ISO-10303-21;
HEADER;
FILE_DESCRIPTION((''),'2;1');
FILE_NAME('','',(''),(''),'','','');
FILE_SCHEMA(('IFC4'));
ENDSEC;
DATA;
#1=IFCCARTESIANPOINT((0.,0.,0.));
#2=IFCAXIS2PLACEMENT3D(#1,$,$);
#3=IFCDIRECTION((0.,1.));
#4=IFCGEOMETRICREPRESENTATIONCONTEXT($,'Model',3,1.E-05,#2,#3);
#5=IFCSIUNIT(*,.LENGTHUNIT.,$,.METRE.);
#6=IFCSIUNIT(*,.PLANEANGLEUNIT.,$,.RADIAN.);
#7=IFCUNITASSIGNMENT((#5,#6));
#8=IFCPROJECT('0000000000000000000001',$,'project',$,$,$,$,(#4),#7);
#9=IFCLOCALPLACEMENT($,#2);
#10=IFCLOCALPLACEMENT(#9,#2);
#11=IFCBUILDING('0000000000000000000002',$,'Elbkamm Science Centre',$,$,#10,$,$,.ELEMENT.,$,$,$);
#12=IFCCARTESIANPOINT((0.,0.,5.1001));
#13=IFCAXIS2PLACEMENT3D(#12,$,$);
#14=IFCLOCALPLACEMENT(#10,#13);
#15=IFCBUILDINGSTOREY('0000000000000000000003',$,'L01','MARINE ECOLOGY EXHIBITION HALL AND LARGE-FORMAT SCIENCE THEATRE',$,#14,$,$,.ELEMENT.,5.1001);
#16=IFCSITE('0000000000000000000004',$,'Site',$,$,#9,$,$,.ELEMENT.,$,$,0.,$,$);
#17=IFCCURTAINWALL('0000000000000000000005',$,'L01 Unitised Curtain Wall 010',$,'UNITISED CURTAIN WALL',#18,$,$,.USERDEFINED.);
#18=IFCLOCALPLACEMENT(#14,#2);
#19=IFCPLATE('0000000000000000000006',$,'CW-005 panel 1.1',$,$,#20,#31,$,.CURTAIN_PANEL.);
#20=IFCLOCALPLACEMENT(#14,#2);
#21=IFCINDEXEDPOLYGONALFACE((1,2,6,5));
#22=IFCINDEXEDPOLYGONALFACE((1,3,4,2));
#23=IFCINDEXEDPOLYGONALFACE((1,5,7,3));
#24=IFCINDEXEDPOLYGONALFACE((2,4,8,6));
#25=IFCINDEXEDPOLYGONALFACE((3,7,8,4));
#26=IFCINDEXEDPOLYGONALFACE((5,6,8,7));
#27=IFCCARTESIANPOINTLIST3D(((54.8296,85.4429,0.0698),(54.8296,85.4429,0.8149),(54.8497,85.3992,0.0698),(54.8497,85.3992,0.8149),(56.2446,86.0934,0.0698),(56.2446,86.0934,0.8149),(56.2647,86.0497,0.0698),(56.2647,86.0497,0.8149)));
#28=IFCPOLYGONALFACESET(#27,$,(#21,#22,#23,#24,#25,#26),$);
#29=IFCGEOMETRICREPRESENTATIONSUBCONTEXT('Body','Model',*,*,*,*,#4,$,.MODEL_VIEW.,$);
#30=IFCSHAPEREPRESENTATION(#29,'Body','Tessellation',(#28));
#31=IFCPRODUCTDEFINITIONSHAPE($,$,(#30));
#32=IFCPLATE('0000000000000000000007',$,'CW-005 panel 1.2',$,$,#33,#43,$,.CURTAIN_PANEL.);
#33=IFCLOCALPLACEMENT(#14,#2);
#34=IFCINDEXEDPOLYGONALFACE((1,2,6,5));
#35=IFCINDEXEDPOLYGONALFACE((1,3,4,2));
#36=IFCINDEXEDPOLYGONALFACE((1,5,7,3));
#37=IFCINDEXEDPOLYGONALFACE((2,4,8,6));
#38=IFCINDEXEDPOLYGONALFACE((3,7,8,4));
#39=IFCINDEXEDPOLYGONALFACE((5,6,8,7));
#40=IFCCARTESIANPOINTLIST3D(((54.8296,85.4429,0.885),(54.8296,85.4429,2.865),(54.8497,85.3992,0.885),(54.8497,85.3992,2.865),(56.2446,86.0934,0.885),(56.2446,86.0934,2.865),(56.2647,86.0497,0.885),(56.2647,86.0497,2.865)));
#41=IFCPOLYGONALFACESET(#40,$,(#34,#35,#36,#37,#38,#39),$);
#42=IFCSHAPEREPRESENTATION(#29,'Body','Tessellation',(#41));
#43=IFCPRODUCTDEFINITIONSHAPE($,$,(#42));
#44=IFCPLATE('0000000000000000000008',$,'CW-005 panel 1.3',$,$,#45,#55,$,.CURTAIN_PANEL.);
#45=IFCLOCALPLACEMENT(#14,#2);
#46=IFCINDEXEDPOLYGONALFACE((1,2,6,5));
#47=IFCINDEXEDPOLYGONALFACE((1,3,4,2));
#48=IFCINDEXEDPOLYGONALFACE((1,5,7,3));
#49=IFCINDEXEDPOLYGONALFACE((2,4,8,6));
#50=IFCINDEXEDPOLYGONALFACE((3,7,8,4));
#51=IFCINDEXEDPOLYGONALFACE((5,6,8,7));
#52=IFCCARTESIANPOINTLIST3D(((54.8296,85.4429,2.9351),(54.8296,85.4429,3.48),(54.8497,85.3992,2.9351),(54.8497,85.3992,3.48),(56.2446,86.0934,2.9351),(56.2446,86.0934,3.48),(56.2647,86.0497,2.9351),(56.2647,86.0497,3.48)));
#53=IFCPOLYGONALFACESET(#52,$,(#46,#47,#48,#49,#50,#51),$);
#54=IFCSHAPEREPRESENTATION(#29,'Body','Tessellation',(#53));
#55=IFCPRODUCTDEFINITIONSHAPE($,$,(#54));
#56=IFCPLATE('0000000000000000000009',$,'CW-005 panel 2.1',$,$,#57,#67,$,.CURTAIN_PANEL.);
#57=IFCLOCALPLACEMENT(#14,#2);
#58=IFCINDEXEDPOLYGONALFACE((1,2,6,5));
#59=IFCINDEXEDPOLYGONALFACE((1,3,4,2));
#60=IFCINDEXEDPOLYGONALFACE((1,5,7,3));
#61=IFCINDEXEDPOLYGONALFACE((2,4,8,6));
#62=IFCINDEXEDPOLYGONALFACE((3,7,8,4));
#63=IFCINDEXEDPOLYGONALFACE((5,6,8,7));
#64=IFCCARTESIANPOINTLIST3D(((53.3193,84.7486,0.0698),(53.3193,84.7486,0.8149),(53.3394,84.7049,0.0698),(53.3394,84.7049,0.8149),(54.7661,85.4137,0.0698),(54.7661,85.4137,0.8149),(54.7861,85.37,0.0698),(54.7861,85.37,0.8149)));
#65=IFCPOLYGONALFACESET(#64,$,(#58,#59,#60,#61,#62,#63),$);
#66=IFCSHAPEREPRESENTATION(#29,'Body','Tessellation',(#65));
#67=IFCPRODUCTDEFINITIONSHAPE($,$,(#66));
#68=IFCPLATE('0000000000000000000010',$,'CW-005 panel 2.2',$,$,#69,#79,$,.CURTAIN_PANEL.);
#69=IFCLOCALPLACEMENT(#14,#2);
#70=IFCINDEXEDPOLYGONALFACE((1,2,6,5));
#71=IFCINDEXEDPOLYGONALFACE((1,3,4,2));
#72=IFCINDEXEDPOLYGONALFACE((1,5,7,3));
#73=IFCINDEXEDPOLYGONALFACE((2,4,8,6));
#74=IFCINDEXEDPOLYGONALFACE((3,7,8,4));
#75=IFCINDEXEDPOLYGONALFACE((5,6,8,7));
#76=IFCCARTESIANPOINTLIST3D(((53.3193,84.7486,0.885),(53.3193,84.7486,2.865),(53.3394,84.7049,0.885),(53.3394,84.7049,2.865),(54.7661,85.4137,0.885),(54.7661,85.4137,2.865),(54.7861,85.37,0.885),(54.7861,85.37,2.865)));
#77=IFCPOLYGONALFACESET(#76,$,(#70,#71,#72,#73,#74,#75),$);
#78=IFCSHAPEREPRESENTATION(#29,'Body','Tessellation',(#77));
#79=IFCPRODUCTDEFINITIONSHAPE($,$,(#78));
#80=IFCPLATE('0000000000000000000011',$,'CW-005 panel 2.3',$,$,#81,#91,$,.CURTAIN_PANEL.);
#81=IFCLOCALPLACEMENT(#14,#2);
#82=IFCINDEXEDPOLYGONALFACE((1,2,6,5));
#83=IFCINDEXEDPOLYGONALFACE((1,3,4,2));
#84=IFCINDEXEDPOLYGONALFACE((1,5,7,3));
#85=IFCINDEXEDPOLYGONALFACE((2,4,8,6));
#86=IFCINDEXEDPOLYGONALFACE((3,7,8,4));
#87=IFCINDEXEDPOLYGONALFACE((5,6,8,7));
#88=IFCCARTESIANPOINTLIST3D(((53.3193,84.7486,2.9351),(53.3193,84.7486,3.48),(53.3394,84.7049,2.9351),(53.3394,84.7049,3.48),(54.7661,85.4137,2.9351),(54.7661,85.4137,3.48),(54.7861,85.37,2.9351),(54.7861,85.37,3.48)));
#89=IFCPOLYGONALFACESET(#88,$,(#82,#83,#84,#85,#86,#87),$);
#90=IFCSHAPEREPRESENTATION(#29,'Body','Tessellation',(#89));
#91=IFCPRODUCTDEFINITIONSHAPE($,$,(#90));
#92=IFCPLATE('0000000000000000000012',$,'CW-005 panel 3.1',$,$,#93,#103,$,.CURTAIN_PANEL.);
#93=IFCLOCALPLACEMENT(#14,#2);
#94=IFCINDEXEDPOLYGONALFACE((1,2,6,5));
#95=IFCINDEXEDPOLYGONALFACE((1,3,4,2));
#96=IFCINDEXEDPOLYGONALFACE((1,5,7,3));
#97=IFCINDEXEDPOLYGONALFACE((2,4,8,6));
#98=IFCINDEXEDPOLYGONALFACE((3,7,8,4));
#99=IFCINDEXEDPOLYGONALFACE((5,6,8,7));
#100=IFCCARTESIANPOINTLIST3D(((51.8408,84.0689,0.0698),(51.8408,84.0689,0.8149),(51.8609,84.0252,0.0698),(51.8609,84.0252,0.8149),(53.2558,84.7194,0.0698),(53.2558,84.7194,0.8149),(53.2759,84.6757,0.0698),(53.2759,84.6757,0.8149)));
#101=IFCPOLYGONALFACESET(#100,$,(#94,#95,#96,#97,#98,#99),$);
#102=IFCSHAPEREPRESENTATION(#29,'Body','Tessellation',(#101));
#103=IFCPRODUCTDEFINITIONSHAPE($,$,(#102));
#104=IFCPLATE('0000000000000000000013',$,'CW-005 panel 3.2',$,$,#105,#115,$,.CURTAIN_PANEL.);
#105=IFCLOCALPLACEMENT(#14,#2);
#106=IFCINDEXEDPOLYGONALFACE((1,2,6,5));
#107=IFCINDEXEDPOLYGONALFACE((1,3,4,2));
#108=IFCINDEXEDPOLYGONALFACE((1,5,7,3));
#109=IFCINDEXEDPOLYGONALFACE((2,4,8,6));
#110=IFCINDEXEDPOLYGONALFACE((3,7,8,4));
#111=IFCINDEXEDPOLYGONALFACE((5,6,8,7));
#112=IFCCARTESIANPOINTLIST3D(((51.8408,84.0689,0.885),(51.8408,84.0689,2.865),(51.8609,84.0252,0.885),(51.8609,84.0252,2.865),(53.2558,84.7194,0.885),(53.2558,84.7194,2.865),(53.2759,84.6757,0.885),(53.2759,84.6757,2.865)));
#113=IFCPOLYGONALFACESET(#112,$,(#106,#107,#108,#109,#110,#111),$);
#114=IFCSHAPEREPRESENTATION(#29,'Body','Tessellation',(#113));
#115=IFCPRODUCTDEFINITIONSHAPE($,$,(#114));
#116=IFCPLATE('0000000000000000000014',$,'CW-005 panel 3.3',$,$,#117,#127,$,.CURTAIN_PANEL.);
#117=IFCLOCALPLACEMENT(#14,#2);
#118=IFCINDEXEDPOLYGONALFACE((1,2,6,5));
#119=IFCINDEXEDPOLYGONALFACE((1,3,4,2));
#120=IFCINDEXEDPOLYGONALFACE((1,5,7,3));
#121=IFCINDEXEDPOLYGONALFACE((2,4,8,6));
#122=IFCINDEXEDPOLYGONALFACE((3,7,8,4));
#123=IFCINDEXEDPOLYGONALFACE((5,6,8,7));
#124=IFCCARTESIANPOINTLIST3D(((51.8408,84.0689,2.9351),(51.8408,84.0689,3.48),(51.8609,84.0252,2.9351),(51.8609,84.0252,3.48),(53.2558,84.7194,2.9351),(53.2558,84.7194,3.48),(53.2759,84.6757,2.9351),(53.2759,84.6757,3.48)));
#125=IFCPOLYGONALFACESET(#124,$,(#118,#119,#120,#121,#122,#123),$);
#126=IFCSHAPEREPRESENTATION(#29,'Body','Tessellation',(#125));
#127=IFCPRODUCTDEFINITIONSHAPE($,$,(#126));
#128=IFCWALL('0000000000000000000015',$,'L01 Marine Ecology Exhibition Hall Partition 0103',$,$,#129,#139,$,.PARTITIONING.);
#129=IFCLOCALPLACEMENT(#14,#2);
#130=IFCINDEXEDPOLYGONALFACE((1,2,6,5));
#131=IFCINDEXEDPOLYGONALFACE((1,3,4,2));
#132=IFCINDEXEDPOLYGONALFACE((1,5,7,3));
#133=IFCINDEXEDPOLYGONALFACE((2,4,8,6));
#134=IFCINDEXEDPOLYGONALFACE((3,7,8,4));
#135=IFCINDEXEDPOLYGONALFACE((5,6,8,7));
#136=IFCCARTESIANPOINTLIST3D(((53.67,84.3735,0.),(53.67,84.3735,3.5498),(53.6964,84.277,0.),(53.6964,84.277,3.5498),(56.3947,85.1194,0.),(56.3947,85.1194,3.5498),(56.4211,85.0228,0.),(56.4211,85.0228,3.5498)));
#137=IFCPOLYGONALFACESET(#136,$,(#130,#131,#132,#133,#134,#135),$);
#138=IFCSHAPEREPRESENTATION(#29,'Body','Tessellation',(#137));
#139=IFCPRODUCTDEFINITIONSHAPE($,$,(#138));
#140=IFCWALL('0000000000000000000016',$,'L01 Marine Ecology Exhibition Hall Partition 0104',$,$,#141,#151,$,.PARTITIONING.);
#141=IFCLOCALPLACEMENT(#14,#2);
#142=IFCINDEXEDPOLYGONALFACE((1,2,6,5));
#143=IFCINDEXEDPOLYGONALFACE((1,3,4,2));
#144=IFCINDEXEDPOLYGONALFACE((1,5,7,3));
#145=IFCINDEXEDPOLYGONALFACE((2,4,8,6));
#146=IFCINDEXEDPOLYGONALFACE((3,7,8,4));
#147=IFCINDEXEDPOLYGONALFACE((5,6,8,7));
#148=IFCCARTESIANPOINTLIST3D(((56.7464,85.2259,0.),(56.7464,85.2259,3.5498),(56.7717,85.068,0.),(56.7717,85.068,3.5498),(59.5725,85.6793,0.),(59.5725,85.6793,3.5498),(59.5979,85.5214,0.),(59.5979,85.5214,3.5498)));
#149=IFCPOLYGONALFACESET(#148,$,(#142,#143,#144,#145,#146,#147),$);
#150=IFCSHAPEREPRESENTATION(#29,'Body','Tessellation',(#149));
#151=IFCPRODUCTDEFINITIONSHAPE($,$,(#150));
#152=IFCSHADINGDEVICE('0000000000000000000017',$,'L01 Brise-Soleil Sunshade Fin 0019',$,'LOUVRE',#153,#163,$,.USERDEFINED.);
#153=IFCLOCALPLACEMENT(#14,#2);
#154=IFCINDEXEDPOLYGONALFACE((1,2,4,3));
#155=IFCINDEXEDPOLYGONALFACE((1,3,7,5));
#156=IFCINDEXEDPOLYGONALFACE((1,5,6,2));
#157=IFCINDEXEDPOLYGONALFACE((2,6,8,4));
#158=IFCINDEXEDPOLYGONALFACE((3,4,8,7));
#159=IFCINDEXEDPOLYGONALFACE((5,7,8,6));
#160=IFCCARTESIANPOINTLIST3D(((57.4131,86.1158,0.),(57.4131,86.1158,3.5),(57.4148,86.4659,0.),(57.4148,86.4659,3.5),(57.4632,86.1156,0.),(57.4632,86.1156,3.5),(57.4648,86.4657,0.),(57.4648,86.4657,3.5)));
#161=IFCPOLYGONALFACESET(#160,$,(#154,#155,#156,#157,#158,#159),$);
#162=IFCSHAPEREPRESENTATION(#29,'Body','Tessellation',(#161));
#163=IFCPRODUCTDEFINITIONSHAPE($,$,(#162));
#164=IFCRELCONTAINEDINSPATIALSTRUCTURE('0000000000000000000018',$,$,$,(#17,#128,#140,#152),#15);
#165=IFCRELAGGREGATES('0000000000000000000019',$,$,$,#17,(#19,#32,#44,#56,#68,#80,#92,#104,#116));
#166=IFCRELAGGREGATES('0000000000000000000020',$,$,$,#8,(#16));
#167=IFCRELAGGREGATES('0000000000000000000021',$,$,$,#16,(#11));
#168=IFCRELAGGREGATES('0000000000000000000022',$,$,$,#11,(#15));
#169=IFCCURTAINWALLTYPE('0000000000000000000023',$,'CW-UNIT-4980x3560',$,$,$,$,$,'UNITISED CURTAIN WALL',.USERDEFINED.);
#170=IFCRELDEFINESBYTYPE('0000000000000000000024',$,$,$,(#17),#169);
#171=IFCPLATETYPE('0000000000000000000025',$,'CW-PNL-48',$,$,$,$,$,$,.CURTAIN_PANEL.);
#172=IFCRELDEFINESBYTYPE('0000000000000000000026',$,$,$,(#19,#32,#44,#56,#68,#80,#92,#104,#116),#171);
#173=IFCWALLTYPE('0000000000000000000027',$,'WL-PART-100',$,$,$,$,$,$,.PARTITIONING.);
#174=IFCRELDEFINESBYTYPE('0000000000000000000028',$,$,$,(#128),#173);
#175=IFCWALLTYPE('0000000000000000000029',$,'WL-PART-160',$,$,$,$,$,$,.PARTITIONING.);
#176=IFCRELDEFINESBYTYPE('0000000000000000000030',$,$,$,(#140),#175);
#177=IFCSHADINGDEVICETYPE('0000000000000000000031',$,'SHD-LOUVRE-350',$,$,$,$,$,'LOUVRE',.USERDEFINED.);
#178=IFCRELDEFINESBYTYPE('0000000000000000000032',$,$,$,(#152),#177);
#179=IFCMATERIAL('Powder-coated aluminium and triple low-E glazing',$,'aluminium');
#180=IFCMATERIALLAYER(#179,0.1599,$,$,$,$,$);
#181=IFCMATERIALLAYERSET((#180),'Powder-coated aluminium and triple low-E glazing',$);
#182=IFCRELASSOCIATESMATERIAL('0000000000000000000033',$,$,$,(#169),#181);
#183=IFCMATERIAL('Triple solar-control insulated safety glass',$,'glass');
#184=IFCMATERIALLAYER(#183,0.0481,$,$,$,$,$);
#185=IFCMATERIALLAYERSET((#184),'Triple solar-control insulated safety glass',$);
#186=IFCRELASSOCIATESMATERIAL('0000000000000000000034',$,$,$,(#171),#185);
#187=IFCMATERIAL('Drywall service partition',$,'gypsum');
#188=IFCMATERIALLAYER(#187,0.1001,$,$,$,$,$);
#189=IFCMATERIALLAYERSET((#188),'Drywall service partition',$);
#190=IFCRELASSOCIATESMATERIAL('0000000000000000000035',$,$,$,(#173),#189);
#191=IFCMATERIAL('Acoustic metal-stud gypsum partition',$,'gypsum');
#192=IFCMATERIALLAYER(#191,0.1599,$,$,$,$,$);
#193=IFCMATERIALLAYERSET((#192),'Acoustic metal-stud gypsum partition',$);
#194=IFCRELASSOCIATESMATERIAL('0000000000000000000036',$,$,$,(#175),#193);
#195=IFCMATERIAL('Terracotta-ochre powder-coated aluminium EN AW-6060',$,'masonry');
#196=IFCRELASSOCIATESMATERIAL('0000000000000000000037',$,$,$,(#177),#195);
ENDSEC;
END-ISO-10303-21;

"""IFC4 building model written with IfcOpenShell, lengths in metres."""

from ifc_helpers import new_model, si_unit, direction, frame, frame_2d, origin, origin_2d, place, context, subcontext, project, spatial, rectangle, extrude, material, layer, layer_set, type_object, element, aggregate, save


model = new_model("IFC4")

# Units and contexts
model_context = context("Model", 3, precision=1e-05, world=origin(), true_north=direction((0.0, 1.0)))
body_context = subcontext(model_context, "Body", "Model", "MODEL_VIEW")
ifc_project = project(units=[si_unit("LENGTHUNIT", "METRE"), si_unit("PLANEANGLEUNIT", "RADIAN")], contexts=[model_context])

# Site, building, storey
site_placement = place(None, origin())
site = spatial("IfcSite", under=ifc_project, at=site_placement, Name="Site", CompositionType="ELEMENT", RefElevation=0.0)
building_placement = place(site_placement, origin())
building = spatial("IfcBuilding", under=site, at=building_placement, Name="Elbkamm Science Centre", CompositionType="ELEMENT")
storey_placement = place(building_placement, frame((0.0, 0.0, 5.1001)))
storey = spatial("IfcBuildingStorey", under=building, at=storey_placement, Name="L01", Description="MARINE ECOLOGY EXHIBITION HALL AND LARGE-FORMAT SCIENCE THEATRE", CompositionType="ELEMENT", Elevation=5.1001)

# Shared definitions
ifc_material_1 = material(Name="Powder-coated aluminium and triple low-E glazing", Category="aluminium")

# Curtain wall, plates
ifc_layer_1 = layer(ifc_material_1, 0.1599)
ifc_layer_set_1 = layer_set([ifc_layer_1], Name="Powder-coated aluminium and triple low-E glazing")
curtain_wall_type_1 = type_object("IfcCurtainWallType", Name="CW-UNIT-4980x3560", ElementType="UNITISED CURTAIN WALL", PredefinedType="USERDEFINED", material=ifc_layer_set_1)
curtain_wall_1_placement = place(storey_placement, origin())
curtain_wall_1 = element("IfcCurtainWall", 1, at=curtain_wall_1_placement, inside=storey, type_object=curtain_wall_type_1, Name="L01 Unitised Curtain Wall 010", ObjectType="UNITISED CURTAIN WALL", PredefinedType="USERDEFINED")
ifc_material_2 = material(Name="Triple solar-control insulated safety glass", Category="glass")
ifc_layer_2 = layer(ifc_material_2, 0.0481)
ifc_layer_set_2 = layer_set([ifc_layer_2], Name="Triple solar-control insulated safety glass")
plate_type = type_object("IfcPlateType", Name="CW-PNL-48", PredefinedType="CURTAIN_PANEL", material=ifc_layer_set_2)
plate_1_placement = place(storey_placement, frame((55.5471, 85.7463, 0.0698), z_axis=(0.0, 0.0, 1.0), x_axis=(-0.908583, -0.417705, 0.0)))
plate_1 = element("IfcPlate", 2, at=plate_1_placement, type_object=plate_type, Name="CW-005 panel 1.1", PredefinedType="CURTAIN_PANEL", context=body_context, shape_type="SweptSolid", body=[
    extrude(rectangle(XDim=1.5574, YDim=0.0481, at=origin_2d()), origin(), (0.0, 0.0, 1.0), 0.7451),
])
plate_2_placement = place(storey_placement, frame((55.5471, 85.7463, 0.885), z_axis=(0.0, 0.0, 1.0), x_axis=(-0.908583, -0.417705, 0.0)))
plate_2 = element("IfcPlate", 3, at=plate_2_placement, type_object=plate_type, Name="CW-005 panel 1.2", PredefinedType="CURTAIN_PANEL", context=body_context, shape_type="SweptSolid", body=[
    extrude(rectangle(XDim=1.5574, YDim=0.0481, at=origin_2d()), origin(), (0.0, 0.0, 1.0), 1.98),
])
plate_3_placement = place(storey_placement, frame((55.5471, 85.7463, 2.9351), z_axis=(0.0, 0.0, 1.0), x_axis=(-0.908583, -0.417705, 0.0)))
plate_3 = element("IfcPlate", 4, at=plate_3_placement, type_object=plate_type, Name="CW-005 panel 1.3", PredefinedType="CURTAIN_PANEL", context=body_context, shape_type="SweptSolid", body=[
    extrude(rectangle(XDim=1.5574, YDim=0.0481, at=origin_2d()), origin(), (0.0, 0.0, 1.0), 0.5449),
])
plate_4_placement = place(storey_placement, frame((54.0527, 85.0593, 0.0698), z_axis=(0.0, 0.0, 1.0), x_axis=(-0.908583, -0.417705, 0.0)))
plate_4 = element("IfcPlate", 5, at=plate_4_placement, type_object=plate_type, Name="CW-005 panel 2.1", PredefinedType="CURTAIN_PANEL", context=body_context, shape_type="SweptSolid", body=[
    extrude(rectangle(XDim=1.5923, YDim=0.0481, at=origin_2d()), origin(), (0.0, 0.0, 1.0), 0.7451),
])
plate_5_placement = place(storey_placement, frame((54.0527, 85.0593, 0.885), z_axis=(0.0, 0.0, 1.0), x_axis=(-0.908583, -0.417705, 0.0)))
plate_5 = element("IfcPlate", 6, at=plate_5_placement, type_object=plate_type, Name="CW-005 panel 2.2", PredefinedType="CURTAIN_PANEL", context=body_context, shape_type="SweptSolid", body=[
    extrude(rectangle(XDim=1.5923, YDim=0.0481, at=origin_2d()), origin(), (0.0, 0.0, 1.0), 1.98),
])
plate_6_placement = place(storey_placement, frame((54.0527, 85.0593, 2.9351), z_axis=(0.0, 0.0, 1.0), x_axis=(-0.908583, -0.417705, 0.0)))
plate_6 = element("IfcPlate", 7, at=plate_6_placement, type_object=plate_type, Name="CW-005 panel 2.3", PredefinedType="CURTAIN_PANEL", context=body_context, shape_type="SweptSolid", body=[
    extrude(rectangle(XDim=1.5923, YDim=0.0481, at=origin_2d()), origin(), (0.0, 0.0, 1.0), 0.5449),
])
plate_7_placement = place(storey_placement, frame((52.5583, 84.3723, 0.0698), z_axis=(0.0, 0.0, 1.0), x_axis=(-0.908583, -0.417705, 0.0)))
plate_7 = element("IfcPlate", 8, at=plate_7_placement, type_object=plate_type, Name="CW-005 panel 3.1", PredefinedType="CURTAIN_PANEL", context=body_context, shape_type="SweptSolid", body=[
    extrude(rectangle(XDim=1.5574, YDim=0.0481, at=origin_2d()), origin(), (0.0, 0.0, 1.0), 0.7451),
])
plate_8_placement = place(storey_placement, frame((52.5583, 84.3723, 0.885), z_axis=(0.0, 0.0, 1.0), x_axis=(-0.908583, -0.417705, 0.0)))
plate_8 = element("IfcPlate", 9, at=plate_8_placement, type_object=plate_type, Name="CW-005 panel 3.2", PredefinedType="CURTAIN_PANEL", context=body_context, shape_type="SweptSolid", body=[
    extrude(rectangle(XDim=1.5574, YDim=0.0481, at=origin_2d()), origin(), (0.0, 0.0, 1.0), 1.98),
])
plate_9_placement = place(storey_placement, frame((52.5583, 84.3723, 2.9351), z_axis=(0.0, 0.0, 1.0), x_axis=(-0.908583, -0.417705, 0.0)))
plate_9 = element("IfcPlate", 10, at=plate_9_placement, type_object=plate_type, Name="CW-005 panel 3.3", PredefinedType="CURTAIN_PANEL", context=body_context, shape_type="SweptSolid", body=[
    extrude(rectangle(XDim=1.5574, YDim=0.0481, at=origin_2d()), origin(), (0.0, 0.0, 1.0), 0.5449),
])
aggregate(curtain_wall_1, [plate_1, plate_2, plate_3, plate_4, plate_5, plate_6, plate_7, plate_8, plate_9])

# Walls
ifc_material_3 = material(Name="Drywall service partition", Category="gypsum")
ifc_layer_3 = layer(ifc_material_3, 0.1001)
ifc_layer_set_3 = layer_set([ifc_layer_3], Name="Drywall service partition")
wall_type_1 = type_object("IfcWallType", Name="WL-PART-100", PredefinedType="PARTITIONING", material=ifc_layer_set_3)
wall_1_placement = place(storey_placement, frame((53.6831, 84.3252, 0.0), z_axis=(0.0, 0.0, 1.0), x_axis=(0.964514, 0.264031, 0.0)))
element("IfcWall", 11, at=wall_1_placement, inside=storey, type_object=wall_type_1, Name="L01 Marine Ecology Exhibition Hall Partition 0103", PredefinedType="PARTITIONING", context=body_context, shape_type="SweptSolid", body=[
    extrude(rectangle(XDim=2.825, YDim=0.1001, at=frame_2d((1.4126, 0.0))), origin(), (0.0, 0.0, 1.0), 3.5498),
])
ifc_material_4 = material(Name="Acoustic metal-stud gypsum partition", Category="gypsum")
ifc_layer_4 = layer(ifc_material_4, 0.1599)
ifc_layer_set_4 = layer_set([ifc_layer_4], Name="Acoustic metal-stud gypsum partition")
wall_type_2 = type_object("IfcWallType", Name="WL-PART-160", PredefinedType="PARTITIONING", material=ifc_layer_set_4)
wall_2_placement = place(storey_placement, frame((56.759, 85.147, 0.0), z_axis=(0.0, 0.0, 1.0), x_axis=(0.987376, 0.158393, 0.0)))
element("IfcWall", 12, at=wall_2_placement, inside=storey, type_object=wall_type_2, Name="L01 Marine Ecology Exhibition Hall Partition 0104", PredefinedType="PARTITIONING", context=body_context, shape_type="SweptSolid", body=[
    extrude(rectangle(XDim=2.8623, YDim=0.1599, at=frame_2d((1.4312, 0.0))), origin(), (0.0, 0.0, 1.0), 3.5498),
])

# Shading device
ifc_material_5 = material(Name="Terracotta-ochre powder-coated aluminium EN AW-6060", Category="masonry")
shading_device_type = type_object("IfcShadingDeviceType", Name="SHD-LOUVRE-350", ElementType="LOUVRE", PredefinedType="USERDEFINED", material=ifc_material_5)
shading_device_placement = place(storey_placement, frame((57.439, 86.2908, 0.0), z_axis=(0.0, 0.0, 1.0), x_axis=(0.004632, 0.999989, 0.0)))
element("IfcShadingDevice", 13, at=shading_device_placement, inside=storey, type_object=shading_device_type, Name="L01 Brise-Soleil Sunshade Fin 0019", ObjectType="LOUVRE", PredefinedType="USERDEFINED", context=body_context, shape_type="SweptSolid", body=[
    extrude(rectangle(XDim=0.3501, YDim=0.05, at=origin_2d()), origin(), (0.0, 0.0, 1.0), 3.5),
])

save(model, "model.ifc")
